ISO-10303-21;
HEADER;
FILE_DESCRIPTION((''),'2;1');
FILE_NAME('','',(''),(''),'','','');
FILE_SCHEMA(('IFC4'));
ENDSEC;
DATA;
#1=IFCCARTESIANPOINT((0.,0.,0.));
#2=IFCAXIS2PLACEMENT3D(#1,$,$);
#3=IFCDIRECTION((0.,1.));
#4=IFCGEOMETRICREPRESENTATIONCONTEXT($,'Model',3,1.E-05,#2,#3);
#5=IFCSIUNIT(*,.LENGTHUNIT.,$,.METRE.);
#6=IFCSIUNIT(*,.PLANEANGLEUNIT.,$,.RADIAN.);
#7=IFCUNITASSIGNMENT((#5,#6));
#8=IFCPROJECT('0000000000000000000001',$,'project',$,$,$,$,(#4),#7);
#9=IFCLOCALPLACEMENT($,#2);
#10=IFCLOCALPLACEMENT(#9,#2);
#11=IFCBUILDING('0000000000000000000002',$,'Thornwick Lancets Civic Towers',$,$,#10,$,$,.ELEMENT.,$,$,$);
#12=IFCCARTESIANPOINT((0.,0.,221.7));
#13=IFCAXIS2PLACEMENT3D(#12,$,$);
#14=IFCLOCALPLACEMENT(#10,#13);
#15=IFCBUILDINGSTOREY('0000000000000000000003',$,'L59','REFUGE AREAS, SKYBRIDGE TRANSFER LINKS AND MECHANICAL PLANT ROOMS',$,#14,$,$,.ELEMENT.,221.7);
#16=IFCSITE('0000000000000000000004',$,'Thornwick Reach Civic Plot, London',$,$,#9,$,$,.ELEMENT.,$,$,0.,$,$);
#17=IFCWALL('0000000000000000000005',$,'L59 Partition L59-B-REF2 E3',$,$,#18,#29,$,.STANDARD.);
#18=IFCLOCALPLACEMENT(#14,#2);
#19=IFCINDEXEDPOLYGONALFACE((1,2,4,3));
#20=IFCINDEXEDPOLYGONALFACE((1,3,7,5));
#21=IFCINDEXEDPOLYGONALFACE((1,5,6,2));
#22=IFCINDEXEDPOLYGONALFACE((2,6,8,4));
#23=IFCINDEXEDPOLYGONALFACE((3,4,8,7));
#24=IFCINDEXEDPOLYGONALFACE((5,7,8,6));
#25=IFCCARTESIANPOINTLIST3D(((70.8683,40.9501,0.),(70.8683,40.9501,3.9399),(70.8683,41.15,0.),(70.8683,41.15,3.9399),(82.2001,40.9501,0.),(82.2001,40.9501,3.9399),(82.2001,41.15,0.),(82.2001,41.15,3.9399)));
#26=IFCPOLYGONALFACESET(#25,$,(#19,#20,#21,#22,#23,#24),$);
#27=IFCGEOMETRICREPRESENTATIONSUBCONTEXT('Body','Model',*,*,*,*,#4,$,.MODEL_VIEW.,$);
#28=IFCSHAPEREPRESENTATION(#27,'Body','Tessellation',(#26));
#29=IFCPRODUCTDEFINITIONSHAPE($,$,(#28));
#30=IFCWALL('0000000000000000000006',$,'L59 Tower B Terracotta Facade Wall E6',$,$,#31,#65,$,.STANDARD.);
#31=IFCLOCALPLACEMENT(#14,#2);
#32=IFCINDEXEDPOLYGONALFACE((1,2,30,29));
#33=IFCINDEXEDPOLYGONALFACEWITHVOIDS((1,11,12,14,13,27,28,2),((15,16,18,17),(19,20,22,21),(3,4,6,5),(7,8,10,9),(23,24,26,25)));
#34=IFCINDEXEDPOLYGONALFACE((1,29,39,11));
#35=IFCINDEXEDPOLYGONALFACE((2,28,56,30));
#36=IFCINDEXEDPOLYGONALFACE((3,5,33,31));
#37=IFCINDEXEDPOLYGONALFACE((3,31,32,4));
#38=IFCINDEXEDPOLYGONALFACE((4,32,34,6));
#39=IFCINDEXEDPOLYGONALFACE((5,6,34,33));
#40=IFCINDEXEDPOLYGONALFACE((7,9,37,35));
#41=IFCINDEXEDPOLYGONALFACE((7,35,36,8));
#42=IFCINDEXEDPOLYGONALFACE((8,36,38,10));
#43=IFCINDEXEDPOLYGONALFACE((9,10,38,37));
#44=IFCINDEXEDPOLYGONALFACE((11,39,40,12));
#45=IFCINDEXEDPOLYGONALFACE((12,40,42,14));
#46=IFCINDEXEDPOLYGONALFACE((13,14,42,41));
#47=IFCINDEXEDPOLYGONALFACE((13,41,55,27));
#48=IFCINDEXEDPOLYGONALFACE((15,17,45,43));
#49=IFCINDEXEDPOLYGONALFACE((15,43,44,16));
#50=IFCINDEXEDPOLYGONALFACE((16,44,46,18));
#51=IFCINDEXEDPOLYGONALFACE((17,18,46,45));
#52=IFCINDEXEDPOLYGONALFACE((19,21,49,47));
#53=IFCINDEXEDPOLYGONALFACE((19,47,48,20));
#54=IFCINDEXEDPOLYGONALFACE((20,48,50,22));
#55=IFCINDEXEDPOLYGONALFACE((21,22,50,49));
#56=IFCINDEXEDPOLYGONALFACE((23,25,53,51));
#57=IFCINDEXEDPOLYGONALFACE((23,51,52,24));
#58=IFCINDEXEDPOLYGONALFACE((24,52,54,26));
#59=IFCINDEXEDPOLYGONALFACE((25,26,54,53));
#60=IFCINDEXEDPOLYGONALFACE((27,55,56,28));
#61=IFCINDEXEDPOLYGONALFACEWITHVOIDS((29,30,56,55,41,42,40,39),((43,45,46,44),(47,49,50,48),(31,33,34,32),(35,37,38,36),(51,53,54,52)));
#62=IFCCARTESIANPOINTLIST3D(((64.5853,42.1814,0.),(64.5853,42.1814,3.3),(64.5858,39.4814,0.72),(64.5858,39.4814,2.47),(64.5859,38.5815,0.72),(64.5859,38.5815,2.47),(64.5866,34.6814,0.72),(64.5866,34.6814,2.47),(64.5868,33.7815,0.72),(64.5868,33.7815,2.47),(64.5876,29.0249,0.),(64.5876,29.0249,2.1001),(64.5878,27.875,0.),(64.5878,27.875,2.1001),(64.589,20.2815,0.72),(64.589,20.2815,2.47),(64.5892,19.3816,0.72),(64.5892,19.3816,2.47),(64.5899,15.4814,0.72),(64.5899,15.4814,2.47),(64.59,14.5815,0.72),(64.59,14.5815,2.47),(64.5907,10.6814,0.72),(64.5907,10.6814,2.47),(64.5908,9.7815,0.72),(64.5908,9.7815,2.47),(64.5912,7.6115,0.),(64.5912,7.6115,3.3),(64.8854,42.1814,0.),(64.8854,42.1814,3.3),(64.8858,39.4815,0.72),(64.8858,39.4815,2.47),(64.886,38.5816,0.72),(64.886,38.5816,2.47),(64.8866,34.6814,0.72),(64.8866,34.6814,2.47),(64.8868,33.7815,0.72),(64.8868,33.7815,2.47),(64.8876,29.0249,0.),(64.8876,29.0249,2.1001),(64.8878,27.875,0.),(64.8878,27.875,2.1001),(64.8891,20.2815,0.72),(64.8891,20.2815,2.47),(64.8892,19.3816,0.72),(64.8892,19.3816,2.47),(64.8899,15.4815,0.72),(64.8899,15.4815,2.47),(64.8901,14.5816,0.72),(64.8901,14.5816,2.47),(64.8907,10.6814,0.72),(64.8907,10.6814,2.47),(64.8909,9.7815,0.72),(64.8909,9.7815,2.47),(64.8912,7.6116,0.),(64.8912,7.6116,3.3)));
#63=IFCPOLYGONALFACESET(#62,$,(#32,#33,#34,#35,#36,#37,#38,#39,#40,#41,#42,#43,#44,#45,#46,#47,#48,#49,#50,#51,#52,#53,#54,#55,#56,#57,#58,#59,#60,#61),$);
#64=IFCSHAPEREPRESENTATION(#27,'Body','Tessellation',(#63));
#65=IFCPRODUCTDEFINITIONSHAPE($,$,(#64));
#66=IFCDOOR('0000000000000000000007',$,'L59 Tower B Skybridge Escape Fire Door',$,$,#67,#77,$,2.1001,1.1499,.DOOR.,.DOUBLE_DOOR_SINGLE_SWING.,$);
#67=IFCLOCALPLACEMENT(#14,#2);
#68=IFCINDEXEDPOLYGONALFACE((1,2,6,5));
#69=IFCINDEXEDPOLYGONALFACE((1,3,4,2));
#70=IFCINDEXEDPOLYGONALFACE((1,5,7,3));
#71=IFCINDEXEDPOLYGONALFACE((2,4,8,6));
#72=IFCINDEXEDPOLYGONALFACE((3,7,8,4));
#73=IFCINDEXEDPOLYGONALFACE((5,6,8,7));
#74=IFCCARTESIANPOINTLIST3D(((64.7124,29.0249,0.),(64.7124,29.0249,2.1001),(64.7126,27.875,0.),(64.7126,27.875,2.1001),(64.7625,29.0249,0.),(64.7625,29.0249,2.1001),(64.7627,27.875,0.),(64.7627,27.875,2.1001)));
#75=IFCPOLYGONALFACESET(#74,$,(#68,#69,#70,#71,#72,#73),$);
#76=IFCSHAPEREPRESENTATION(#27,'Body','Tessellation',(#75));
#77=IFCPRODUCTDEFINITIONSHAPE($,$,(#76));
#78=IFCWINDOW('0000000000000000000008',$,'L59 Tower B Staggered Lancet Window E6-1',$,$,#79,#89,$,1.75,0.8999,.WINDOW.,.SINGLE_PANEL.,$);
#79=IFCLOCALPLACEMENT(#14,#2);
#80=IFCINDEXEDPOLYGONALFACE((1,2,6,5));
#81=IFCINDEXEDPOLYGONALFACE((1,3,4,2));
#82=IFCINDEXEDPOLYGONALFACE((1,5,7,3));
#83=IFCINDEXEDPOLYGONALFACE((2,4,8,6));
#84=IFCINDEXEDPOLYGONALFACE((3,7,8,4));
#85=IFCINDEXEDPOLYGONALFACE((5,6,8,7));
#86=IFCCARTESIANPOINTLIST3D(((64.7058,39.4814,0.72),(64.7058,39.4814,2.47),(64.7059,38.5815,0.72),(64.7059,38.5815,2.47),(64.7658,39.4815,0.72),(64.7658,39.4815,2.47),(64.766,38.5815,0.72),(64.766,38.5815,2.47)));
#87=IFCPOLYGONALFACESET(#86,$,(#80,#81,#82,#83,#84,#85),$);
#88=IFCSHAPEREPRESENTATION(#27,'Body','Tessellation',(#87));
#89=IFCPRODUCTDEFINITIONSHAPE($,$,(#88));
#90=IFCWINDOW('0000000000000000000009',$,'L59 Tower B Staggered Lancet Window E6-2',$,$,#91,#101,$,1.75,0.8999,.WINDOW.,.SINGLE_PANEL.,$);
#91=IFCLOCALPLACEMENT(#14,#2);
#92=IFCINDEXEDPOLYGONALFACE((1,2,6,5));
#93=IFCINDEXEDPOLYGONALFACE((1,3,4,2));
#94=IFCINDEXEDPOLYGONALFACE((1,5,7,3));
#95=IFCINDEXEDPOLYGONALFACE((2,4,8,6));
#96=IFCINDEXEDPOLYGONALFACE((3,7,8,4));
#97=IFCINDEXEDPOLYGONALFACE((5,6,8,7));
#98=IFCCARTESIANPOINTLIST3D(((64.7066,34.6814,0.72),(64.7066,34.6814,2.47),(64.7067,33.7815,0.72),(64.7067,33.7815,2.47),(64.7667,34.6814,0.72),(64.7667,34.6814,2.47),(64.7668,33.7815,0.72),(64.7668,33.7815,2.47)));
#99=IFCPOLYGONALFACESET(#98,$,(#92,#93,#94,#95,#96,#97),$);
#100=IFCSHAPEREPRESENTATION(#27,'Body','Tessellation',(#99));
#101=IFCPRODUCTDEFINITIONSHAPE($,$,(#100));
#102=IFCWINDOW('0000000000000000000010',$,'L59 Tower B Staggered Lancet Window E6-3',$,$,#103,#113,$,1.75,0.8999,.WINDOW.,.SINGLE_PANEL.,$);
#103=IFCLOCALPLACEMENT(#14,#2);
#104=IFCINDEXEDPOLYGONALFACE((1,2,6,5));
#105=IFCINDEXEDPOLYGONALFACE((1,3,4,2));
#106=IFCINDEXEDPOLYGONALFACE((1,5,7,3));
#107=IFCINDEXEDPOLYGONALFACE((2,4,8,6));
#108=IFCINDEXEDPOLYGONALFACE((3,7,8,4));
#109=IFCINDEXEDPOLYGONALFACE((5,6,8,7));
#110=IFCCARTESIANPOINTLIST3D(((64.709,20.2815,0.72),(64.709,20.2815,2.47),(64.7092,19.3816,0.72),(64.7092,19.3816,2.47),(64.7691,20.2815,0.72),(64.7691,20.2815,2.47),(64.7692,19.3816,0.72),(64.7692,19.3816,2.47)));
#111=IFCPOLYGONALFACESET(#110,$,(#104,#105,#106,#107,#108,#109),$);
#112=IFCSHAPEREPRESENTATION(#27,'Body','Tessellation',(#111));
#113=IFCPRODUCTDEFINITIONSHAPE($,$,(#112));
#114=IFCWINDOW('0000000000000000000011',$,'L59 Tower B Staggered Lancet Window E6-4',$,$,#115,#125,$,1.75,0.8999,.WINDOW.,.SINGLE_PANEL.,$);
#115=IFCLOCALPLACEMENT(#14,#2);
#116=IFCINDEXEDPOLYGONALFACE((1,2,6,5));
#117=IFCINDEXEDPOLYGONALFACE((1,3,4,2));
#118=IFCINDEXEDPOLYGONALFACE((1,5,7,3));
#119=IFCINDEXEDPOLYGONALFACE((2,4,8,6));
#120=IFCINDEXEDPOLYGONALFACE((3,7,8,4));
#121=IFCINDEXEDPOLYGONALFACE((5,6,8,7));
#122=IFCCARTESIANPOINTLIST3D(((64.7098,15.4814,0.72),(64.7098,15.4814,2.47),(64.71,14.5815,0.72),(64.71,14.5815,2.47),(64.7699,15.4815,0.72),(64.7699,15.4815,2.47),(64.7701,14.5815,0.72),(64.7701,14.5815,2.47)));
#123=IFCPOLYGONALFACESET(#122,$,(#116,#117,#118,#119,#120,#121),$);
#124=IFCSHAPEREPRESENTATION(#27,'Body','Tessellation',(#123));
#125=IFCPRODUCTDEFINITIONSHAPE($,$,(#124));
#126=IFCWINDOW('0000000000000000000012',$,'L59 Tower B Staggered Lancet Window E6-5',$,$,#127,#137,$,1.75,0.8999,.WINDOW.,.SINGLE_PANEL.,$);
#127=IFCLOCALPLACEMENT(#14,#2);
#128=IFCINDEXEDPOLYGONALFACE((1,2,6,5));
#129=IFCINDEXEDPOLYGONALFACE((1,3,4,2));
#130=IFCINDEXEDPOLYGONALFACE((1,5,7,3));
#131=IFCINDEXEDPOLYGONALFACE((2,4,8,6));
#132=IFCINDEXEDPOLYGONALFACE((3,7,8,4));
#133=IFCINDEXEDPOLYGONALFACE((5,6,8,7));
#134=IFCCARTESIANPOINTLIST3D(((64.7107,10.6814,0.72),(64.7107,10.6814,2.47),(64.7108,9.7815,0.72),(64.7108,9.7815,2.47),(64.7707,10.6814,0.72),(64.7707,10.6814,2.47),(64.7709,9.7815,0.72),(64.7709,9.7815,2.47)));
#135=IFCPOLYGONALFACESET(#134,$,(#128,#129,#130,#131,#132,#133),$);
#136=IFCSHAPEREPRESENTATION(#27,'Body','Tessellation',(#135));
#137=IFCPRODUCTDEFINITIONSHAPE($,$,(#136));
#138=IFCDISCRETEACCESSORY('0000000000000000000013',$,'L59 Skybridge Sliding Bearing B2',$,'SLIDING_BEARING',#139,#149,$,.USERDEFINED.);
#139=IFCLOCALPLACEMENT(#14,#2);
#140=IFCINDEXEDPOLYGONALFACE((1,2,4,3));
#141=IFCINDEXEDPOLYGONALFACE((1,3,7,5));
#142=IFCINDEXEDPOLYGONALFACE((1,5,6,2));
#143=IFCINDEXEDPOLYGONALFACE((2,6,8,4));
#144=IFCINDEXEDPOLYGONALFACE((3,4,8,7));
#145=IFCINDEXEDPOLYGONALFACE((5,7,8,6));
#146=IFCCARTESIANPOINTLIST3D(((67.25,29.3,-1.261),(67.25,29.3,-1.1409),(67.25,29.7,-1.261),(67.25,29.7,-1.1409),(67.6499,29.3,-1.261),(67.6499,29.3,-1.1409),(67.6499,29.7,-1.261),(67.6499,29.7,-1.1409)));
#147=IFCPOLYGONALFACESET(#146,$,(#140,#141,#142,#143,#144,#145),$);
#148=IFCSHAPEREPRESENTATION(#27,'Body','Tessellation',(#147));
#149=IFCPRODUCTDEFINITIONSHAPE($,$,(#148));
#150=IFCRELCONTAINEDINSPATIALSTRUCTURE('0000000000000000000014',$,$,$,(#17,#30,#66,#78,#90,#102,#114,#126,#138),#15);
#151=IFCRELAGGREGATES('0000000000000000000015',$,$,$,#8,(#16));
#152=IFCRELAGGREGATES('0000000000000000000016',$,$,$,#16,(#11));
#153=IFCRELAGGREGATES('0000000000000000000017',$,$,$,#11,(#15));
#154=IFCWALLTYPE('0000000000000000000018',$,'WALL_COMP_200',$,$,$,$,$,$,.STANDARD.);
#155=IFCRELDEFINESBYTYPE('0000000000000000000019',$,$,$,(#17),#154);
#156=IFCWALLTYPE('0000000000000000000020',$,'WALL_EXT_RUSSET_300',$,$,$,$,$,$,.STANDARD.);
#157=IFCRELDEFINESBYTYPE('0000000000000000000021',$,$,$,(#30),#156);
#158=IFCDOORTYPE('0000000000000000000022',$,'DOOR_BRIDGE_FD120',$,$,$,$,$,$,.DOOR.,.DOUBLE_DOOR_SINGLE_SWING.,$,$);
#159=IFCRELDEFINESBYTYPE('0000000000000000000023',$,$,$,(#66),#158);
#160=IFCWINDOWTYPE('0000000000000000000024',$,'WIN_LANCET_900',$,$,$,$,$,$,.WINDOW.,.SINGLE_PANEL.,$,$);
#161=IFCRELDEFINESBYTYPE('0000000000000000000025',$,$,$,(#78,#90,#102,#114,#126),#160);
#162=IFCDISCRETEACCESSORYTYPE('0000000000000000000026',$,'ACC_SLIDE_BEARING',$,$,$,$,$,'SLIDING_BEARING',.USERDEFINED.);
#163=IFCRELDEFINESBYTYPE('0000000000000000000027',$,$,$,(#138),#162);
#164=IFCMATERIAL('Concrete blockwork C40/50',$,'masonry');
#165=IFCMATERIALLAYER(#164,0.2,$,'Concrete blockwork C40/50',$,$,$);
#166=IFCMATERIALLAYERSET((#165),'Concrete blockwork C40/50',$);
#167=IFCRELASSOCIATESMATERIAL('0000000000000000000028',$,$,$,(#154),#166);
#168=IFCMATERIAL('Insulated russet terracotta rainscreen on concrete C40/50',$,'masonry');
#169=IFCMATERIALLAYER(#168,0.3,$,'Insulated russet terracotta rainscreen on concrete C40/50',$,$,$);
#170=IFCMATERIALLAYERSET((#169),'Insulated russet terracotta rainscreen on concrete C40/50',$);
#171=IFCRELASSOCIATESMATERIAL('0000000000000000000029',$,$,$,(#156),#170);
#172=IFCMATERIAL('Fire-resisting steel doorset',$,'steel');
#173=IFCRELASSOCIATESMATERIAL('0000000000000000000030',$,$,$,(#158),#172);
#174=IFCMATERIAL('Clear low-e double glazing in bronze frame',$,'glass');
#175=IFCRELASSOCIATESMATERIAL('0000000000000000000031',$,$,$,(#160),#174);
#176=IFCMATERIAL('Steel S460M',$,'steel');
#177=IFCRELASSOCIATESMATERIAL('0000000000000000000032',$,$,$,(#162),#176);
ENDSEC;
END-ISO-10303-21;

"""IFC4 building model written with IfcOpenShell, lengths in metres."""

from ifc_helpers import new_model, si_unit, direction, frame, frame_2d, origin, origin_2d, place, context, subcontext, project, spatial, rectangle, extrude, material, layer, layer_set, type_object, element, fill, save


model = new_model("IFC4")

# Units and contexts
model_context = context("Model", 3, precision=1e-05, world=origin(), true_north=direction((0.0, 1.0)))
body_context = subcontext(model_context, "Body", "Model", "MODEL_VIEW")
ifc_project = project(units=[si_unit("LENGTHUNIT", "METRE"), si_unit("PLANEANGLEUNIT", "RADIAN")], contexts=[model_context])

# Site, building, storey
site_placement = place(None, origin())
site = spatial("IfcSite", under=ifc_project, at=site_placement, Name="Thornwick Reach Civic Plot, London", CompositionType="ELEMENT", RefElevation=0.0)
building_placement = place(site_placement, origin())
building = spatial("IfcBuilding", under=site, at=building_placement, Name="Thornwick Lancets Civic Towers", CompositionType="ELEMENT")
storey_placement = place(building_placement, frame((0.0, 0.0, 221.7)))
storey = spatial("IfcBuildingStorey", under=building, at=storey_placement, Name="L59", Description="REFUGE AREAS, SKYBRIDGE TRANSFER LINKS AND MECHANICAL PLANT ROOMS", CompositionType="ELEMENT", Elevation=221.7)

# Shared definitions
ifc_material_1 = material(Name="Steel S460M", Category="steel")

# Wall
ifc_material_2 = material(Name="Concrete blockwork C40/50", Category="masonry")
ifc_layer_1 = layer(ifc_material_2, 0.2, Name="Concrete blockwork C40/50")
ifc_layer_set_1 = layer_set([ifc_layer_1], Name="Concrete blockwork C40/50")
wall_type_1 = type_object("IfcWallType", Name="WALL_COMP_200", PredefinedType="STANDARD", material=ifc_layer_set_1)
wall_1_placement = place(storey_placement, frame((70.8682, 41.05, 0.0), z_axis=(0.0, 0.0, 1.0), x_axis=(1.0, 0.0, 0.0)))
element("IfcWall", 1, at=wall_1_placement, inside=storey, type_object=wall_type_1, Name="L59 Partition L59-B-REF2 E3", PredefinedType="STANDARD", context=body_context, shape_type="SweptSolid", body=[
    extrude(rectangle(XDim=11.3318, YDim=0.2, at=frame_2d((5.666, 0.0))), origin(), (0.0, 0.0, 1.0), 3.9399),
])

# Wall, openings, door, windows
ifc_material_3 = material(Name="Insulated russet terracotta rainscreen on concrete C40/50", Category="masonry")
ifc_layer_2 = layer(ifc_material_3, 0.3, Name="Insulated russet terracotta rainscreen on concrete C40/50")
ifc_layer_set_2 = layer_set([ifc_layer_2], Name="Insulated russet terracotta rainscreen on concrete C40/50")
wall_type_2 = type_object("IfcWallType", Name="WALL_EXT_RUSSET_300", PredefinedType="STANDARD", material=ifc_layer_set_2)
wall_2_placement = place(storey_placement, frame((64.7354, 42.1814, 0.0), z_axis=(0.0, 0.0, 1.0), x_axis=(0.000169, -1.0, 0.0)))
wall_2 = element("IfcWall", 2, at=wall_2_placement, inside=storey, type_object=wall_type_2, Name="L59 Tower B Terracotta Facade Wall E6", PredefinedType="STANDARD", context=body_context, shape_type="SweptSolid", body=[
    extrude(rectangle(XDim=34.5698, YDim=0.3, at=frame_2d((17.2849, 0.0))), origin(), (0.0, 0.0, 1.0), 3.3),
])
opening_1_placement = place(wall_2_placement, frame((13.1565, 0.0, 0.0)))
opening_1 = element("IfcOpeningElement", 3, at=opening_1_placement, cuts=wall_2, PredefinedType="OPENING", context=body_context, shape_type="SweptSolid", body=[
    extrude(rectangle(XDim=1.1499, YDim=2.1001, at=frame_2d((0.575, 1.05))), frame((0.0, 0.1602, 0.0), z_axis=(0.0, -1.0, 0.0), x_axis=(1.0, 0.0, 0.0)), (0.0, 0.0, 1.0), 0.3201),
])
opening_2_placement = place(wall_2_placement, frame((2.7, 0.0, 0.72)))
opening_2 = element("IfcOpeningElement", 4, at=opening_2_placement, cuts=wall_2, PredefinedType="OPENING", context=body_context, shape_type="SweptSolid", body=[
    extrude(rectangle(XDim=0.8999, YDim=1.75, at=frame_2d((0.45, 0.875))), frame((0.0, 0.1602, 0.0), z_axis=(0.0, -1.0, 0.0), x_axis=(1.0, 0.0, 0.0)), (0.0, 0.0, 1.0), 0.3201),
])
opening_3_placement = place(wall_2_placement, frame((7.5, 0.0, 0.72)))
opening_3 = element("IfcOpeningElement", 5, at=opening_3_placement, cuts=wall_2, PredefinedType="OPENING", context=body_context, shape_type="SweptSolid", body=[
    extrude(rectangle(XDim=0.8999, YDim=1.75, at=frame_2d((0.45, 0.875))), frame((0.0, 0.1602, 0.0), z_axis=(0.0, -1.0, 0.0), x_axis=(1.0, 0.0, 0.0)), (0.0, 0.0, 1.0), 0.3201),
])
opening_4_placement = place(wall_2_placement, frame((21.8999, 0.0, 0.72)))
opening_4 = element("IfcOpeningElement", 6, at=opening_4_placement, cuts=wall_2, PredefinedType="OPENING", context=body_context, shape_type="SweptSolid", body=[
    extrude(rectangle(XDim=0.8999, YDim=1.75, at=frame_2d((0.45, 0.875))), frame((0.0, 0.1602, 0.0), z_axis=(0.0, -1.0, 0.0), x_axis=(1.0, 0.0, 0.0)), (0.0, 0.0, 1.0), 0.3201),
])
opening_5_placement = place(wall_2_placement, frame((26.7, 0.0, 0.72)))
opening_5 = element("IfcOpeningElement", 7, at=opening_5_placement, cuts=wall_2, PredefinedType="OPENING", context=body_context, shape_type="SweptSolid", body=[
    extrude(rectangle(XDim=0.8999, YDim=1.75, at=frame_2d((0.45, 0.875))), frame((0.0, 0.1602, 0.0), z_axis=(0.0, -1.0, 0.0), x_axis=(1.0, 0.0, 0.0)), (0.0, 0.0, 1.0), 0.3201),
])
opening_6_placement = place(wall_2_placement, frame((31.5, 0.0, 0.72)))
opening_6 = element("IfcOpeningElement", 8, at=opening_6_placement, cuts=wall_2, PredefinedType="OPENING", context=body_context, shape_type="SweptSolid", body=[
    extrude(rectangle(XDim=0.8999, YDim=1.75, at=frame_2d((0.45, 0.875))), frame((0.0, 0.1602, 0.0), z_axis=(0.0, -1.0, 0.0), x_axis=(1.0, 0.0, 0.0)), (0.0, 0.0, 1.0), 0.3201),
])
ifc_material_4 = material(Name="Fire-resisting steel doorset", Category="steel")
door_type = type_object("IfcDoorType", Name="DOOR_BRIDGE_FD120", OperationType="DOUBLE_DOOR_SINGLE_SWING", PredefinedType="DOOR", material=ifc_material_4)
door_placement = place(opening_1_placement, origin())
door = element("IfcDoor", 9, at=door_placement, inside=storey, type_object=door_type, Name="L59 Tower B Skybridge Escape Fire Door", OperationType="DOUBLE_DOOR_SINGLE_SWING", OverallHeight=2.1001, OverallWidth=1.1499, PredefinedType="DOOR", context=body_context, shape_type="SweptSolid", body=[
    extrude(rectangle(XDim=1.1499, YDim=2.1001, at=frame_2d((0.575, 1.05))), frame((0.0, 0.0249, 0.0), z_axis=(0.0, -1.0, 0.0), x_axis=(1.0, 0.0, 0.0)), (0.0, 0.0, 1.0), 0.05),
])
fill(opening_1, door)
ifc_material_5 = material(Name="Clear low-e double glazing in bronze frame", Category="glass")
window_type = type_object("IfcWindowType", Name="WIN_LANCET_900", PartitioningType="SINGLE_PANEL", PredefinedType="WINDOW", material=ifc_material_5)
window_1_placement = place(opening_2_placement, origin())
window_1 = element("IfcWindow", 10, at=window_1_placement, inside=storey, type_object=window_type, Name="L59 Tower B Staggered Lancet Window E6-1", OverallHeight=1.75, OverallWidth=0.8999, PartitioningType="SINGLE_PANEL", PredefinedType="WINDOW", context=body_context, shape_type="SweptSolid", body=[
    extrude(rectangle(XDim=0.8999, YDim=1.75, at=frame_2d((0.45, 0.875))), frame((0.0, 0.03, 0.0), z_axis=(0.0, -1.0, 0.0), x_axis=(1.0, 0.0, 0.0)), (0.0, 0.0, 1.0), 0.0601),
])
fill(opening_2, window_1)
window_2_placement = place(opening_3_placement, origin())
window_2 = element("IfcWindow", 11, at=window_2_placement, inside=storey, type_object=window_type, Name="L59 Tower B Staggered Lancet Window E6-2", OverallHeight=1.75, OverallWidth=0.8999, PartitioningType="SINGLE_PANEL", PredefinedType="WINDOW", context=body_context, shape_type="SweptSolid", body=[
    extrude(rectangle(XDim=0.8999, YDim=1.75, at=frame_2d((0.45, 0.875))), frame((0.0, 0.03, 0.0), z_axis=(0.0, -1.0, 0.0), x_axis=(1.0, 0.0, 0.0)), (0.0, 0.0, 1.0), 0.0601),
])
fill(opening_3, window_2)
window_3_placement = place(opening_4_placement, origin())
window_3 = element("IfcWindow", 12, at=window_3_placement, inside=storey, type_object=window_type, Name="L59 Tower B Staggered Lancet Window E6-3", OverallHeight=1.75, OverallWidth=0.8999, PartitioningType="SINGLE_PANEL", PredefinedType="WINDOW", context=body_context, shape_type="SweptSolid", body=[
    extrude(rectangle(XDim=0.8999, YDim=1.75, at=frame_2d((0.45, 0.875))), frame((0.0, 0.03, 0.0), z_axis=(0.0, -1.0, 0.0), x_axis=(1.0, 0.0, 0.0)), (0.0, 0.0, 1.0), 0.0601),
])
fill(opening_4, window_3)
window_4_placement = place(opening_5_placement, origin())
window_4 = element("IfcWindow", 13, at=window_4_placement, inside=storey, type_object=window_type, Name="L59 Tower B Staggered Lancet Window E6-4", OverallHeight=1.75, OverallWidth=0.8999, PartitioningType="SINGLE_PANEL", PredefinedType="WINDOW", context=body_context, shape_type="SweptSolid", body=[
    extrude(rectangle(XDim=0.8999, YDim=1.75, at=frame_2d((0.45, 0.875))), frame((0.0, 0.03, 0.0), z_axis=(0.0, -1.0, 0.0), x_axis=(1.0, 0.0, 0.0)), (0.0, 0.0, 1.0), 0.0601),
])
fill(opening_5, window_4)
window_5_placement = place(opening_6_placement, origin())
window_5 = element("IfcWindow", 14, at=window_5_placement, inside=storey, type_object=window_type, Name="L59 Tower B Staggered Lancet Window E6-5", OverallHeight=1.75, OverallWidth=0.8999, PartitioningType="SINGLE_PANEL", PredefinedType="WINDOW", context=body_context, shape_type="SweptSolid", body=[
    extrude(rectangle(XDim=0.8999, YDim=1.75, at=frame_2d((0.45, 0.875))), frame((0.0, 0.03, 0.0), z_axis=(0.0, -1.0, 0.0), x_axis=(1.0, 0.0, 0.0)), (0.0, 0.0, 1.0), 0.0601),
])
fill(opening_6, window_5)

# Discrete accessory
discrete_accessory_type = type_object("IfcDiscreteAccessoryType", Name="ACC_SLIDE_BEARING", ElementType="SLIDING_BEARING", PredefinedType="USERDEFINED", material=ifc_material_1)
discrete_accessory_placement = place(storey_placement, frame((67.45, 29.5, -1.261), z_axis=(0.0, 0.0, 1.0), x_axis=(1.0, 0.0, 0.0)))
element("IfcDiscreteAccessory", 15, at=discrete_accessory_placement, inside=storey, type_object=discrete_accessory_type, Name="L59 Skybridge Sliding Bearing B2", ObjectType="SLIDING_BEARING", PredefinedType="USERDEFINED", context=body_context, shape_type="SweptSolid", body=[
    extrude(rectangle(XDim=0.3999, YDim=0.3999, at=origin_2d()), origin(), (0.0, 0.0, 1.0), 0.1201),
])

save(model, "model.ifc")
